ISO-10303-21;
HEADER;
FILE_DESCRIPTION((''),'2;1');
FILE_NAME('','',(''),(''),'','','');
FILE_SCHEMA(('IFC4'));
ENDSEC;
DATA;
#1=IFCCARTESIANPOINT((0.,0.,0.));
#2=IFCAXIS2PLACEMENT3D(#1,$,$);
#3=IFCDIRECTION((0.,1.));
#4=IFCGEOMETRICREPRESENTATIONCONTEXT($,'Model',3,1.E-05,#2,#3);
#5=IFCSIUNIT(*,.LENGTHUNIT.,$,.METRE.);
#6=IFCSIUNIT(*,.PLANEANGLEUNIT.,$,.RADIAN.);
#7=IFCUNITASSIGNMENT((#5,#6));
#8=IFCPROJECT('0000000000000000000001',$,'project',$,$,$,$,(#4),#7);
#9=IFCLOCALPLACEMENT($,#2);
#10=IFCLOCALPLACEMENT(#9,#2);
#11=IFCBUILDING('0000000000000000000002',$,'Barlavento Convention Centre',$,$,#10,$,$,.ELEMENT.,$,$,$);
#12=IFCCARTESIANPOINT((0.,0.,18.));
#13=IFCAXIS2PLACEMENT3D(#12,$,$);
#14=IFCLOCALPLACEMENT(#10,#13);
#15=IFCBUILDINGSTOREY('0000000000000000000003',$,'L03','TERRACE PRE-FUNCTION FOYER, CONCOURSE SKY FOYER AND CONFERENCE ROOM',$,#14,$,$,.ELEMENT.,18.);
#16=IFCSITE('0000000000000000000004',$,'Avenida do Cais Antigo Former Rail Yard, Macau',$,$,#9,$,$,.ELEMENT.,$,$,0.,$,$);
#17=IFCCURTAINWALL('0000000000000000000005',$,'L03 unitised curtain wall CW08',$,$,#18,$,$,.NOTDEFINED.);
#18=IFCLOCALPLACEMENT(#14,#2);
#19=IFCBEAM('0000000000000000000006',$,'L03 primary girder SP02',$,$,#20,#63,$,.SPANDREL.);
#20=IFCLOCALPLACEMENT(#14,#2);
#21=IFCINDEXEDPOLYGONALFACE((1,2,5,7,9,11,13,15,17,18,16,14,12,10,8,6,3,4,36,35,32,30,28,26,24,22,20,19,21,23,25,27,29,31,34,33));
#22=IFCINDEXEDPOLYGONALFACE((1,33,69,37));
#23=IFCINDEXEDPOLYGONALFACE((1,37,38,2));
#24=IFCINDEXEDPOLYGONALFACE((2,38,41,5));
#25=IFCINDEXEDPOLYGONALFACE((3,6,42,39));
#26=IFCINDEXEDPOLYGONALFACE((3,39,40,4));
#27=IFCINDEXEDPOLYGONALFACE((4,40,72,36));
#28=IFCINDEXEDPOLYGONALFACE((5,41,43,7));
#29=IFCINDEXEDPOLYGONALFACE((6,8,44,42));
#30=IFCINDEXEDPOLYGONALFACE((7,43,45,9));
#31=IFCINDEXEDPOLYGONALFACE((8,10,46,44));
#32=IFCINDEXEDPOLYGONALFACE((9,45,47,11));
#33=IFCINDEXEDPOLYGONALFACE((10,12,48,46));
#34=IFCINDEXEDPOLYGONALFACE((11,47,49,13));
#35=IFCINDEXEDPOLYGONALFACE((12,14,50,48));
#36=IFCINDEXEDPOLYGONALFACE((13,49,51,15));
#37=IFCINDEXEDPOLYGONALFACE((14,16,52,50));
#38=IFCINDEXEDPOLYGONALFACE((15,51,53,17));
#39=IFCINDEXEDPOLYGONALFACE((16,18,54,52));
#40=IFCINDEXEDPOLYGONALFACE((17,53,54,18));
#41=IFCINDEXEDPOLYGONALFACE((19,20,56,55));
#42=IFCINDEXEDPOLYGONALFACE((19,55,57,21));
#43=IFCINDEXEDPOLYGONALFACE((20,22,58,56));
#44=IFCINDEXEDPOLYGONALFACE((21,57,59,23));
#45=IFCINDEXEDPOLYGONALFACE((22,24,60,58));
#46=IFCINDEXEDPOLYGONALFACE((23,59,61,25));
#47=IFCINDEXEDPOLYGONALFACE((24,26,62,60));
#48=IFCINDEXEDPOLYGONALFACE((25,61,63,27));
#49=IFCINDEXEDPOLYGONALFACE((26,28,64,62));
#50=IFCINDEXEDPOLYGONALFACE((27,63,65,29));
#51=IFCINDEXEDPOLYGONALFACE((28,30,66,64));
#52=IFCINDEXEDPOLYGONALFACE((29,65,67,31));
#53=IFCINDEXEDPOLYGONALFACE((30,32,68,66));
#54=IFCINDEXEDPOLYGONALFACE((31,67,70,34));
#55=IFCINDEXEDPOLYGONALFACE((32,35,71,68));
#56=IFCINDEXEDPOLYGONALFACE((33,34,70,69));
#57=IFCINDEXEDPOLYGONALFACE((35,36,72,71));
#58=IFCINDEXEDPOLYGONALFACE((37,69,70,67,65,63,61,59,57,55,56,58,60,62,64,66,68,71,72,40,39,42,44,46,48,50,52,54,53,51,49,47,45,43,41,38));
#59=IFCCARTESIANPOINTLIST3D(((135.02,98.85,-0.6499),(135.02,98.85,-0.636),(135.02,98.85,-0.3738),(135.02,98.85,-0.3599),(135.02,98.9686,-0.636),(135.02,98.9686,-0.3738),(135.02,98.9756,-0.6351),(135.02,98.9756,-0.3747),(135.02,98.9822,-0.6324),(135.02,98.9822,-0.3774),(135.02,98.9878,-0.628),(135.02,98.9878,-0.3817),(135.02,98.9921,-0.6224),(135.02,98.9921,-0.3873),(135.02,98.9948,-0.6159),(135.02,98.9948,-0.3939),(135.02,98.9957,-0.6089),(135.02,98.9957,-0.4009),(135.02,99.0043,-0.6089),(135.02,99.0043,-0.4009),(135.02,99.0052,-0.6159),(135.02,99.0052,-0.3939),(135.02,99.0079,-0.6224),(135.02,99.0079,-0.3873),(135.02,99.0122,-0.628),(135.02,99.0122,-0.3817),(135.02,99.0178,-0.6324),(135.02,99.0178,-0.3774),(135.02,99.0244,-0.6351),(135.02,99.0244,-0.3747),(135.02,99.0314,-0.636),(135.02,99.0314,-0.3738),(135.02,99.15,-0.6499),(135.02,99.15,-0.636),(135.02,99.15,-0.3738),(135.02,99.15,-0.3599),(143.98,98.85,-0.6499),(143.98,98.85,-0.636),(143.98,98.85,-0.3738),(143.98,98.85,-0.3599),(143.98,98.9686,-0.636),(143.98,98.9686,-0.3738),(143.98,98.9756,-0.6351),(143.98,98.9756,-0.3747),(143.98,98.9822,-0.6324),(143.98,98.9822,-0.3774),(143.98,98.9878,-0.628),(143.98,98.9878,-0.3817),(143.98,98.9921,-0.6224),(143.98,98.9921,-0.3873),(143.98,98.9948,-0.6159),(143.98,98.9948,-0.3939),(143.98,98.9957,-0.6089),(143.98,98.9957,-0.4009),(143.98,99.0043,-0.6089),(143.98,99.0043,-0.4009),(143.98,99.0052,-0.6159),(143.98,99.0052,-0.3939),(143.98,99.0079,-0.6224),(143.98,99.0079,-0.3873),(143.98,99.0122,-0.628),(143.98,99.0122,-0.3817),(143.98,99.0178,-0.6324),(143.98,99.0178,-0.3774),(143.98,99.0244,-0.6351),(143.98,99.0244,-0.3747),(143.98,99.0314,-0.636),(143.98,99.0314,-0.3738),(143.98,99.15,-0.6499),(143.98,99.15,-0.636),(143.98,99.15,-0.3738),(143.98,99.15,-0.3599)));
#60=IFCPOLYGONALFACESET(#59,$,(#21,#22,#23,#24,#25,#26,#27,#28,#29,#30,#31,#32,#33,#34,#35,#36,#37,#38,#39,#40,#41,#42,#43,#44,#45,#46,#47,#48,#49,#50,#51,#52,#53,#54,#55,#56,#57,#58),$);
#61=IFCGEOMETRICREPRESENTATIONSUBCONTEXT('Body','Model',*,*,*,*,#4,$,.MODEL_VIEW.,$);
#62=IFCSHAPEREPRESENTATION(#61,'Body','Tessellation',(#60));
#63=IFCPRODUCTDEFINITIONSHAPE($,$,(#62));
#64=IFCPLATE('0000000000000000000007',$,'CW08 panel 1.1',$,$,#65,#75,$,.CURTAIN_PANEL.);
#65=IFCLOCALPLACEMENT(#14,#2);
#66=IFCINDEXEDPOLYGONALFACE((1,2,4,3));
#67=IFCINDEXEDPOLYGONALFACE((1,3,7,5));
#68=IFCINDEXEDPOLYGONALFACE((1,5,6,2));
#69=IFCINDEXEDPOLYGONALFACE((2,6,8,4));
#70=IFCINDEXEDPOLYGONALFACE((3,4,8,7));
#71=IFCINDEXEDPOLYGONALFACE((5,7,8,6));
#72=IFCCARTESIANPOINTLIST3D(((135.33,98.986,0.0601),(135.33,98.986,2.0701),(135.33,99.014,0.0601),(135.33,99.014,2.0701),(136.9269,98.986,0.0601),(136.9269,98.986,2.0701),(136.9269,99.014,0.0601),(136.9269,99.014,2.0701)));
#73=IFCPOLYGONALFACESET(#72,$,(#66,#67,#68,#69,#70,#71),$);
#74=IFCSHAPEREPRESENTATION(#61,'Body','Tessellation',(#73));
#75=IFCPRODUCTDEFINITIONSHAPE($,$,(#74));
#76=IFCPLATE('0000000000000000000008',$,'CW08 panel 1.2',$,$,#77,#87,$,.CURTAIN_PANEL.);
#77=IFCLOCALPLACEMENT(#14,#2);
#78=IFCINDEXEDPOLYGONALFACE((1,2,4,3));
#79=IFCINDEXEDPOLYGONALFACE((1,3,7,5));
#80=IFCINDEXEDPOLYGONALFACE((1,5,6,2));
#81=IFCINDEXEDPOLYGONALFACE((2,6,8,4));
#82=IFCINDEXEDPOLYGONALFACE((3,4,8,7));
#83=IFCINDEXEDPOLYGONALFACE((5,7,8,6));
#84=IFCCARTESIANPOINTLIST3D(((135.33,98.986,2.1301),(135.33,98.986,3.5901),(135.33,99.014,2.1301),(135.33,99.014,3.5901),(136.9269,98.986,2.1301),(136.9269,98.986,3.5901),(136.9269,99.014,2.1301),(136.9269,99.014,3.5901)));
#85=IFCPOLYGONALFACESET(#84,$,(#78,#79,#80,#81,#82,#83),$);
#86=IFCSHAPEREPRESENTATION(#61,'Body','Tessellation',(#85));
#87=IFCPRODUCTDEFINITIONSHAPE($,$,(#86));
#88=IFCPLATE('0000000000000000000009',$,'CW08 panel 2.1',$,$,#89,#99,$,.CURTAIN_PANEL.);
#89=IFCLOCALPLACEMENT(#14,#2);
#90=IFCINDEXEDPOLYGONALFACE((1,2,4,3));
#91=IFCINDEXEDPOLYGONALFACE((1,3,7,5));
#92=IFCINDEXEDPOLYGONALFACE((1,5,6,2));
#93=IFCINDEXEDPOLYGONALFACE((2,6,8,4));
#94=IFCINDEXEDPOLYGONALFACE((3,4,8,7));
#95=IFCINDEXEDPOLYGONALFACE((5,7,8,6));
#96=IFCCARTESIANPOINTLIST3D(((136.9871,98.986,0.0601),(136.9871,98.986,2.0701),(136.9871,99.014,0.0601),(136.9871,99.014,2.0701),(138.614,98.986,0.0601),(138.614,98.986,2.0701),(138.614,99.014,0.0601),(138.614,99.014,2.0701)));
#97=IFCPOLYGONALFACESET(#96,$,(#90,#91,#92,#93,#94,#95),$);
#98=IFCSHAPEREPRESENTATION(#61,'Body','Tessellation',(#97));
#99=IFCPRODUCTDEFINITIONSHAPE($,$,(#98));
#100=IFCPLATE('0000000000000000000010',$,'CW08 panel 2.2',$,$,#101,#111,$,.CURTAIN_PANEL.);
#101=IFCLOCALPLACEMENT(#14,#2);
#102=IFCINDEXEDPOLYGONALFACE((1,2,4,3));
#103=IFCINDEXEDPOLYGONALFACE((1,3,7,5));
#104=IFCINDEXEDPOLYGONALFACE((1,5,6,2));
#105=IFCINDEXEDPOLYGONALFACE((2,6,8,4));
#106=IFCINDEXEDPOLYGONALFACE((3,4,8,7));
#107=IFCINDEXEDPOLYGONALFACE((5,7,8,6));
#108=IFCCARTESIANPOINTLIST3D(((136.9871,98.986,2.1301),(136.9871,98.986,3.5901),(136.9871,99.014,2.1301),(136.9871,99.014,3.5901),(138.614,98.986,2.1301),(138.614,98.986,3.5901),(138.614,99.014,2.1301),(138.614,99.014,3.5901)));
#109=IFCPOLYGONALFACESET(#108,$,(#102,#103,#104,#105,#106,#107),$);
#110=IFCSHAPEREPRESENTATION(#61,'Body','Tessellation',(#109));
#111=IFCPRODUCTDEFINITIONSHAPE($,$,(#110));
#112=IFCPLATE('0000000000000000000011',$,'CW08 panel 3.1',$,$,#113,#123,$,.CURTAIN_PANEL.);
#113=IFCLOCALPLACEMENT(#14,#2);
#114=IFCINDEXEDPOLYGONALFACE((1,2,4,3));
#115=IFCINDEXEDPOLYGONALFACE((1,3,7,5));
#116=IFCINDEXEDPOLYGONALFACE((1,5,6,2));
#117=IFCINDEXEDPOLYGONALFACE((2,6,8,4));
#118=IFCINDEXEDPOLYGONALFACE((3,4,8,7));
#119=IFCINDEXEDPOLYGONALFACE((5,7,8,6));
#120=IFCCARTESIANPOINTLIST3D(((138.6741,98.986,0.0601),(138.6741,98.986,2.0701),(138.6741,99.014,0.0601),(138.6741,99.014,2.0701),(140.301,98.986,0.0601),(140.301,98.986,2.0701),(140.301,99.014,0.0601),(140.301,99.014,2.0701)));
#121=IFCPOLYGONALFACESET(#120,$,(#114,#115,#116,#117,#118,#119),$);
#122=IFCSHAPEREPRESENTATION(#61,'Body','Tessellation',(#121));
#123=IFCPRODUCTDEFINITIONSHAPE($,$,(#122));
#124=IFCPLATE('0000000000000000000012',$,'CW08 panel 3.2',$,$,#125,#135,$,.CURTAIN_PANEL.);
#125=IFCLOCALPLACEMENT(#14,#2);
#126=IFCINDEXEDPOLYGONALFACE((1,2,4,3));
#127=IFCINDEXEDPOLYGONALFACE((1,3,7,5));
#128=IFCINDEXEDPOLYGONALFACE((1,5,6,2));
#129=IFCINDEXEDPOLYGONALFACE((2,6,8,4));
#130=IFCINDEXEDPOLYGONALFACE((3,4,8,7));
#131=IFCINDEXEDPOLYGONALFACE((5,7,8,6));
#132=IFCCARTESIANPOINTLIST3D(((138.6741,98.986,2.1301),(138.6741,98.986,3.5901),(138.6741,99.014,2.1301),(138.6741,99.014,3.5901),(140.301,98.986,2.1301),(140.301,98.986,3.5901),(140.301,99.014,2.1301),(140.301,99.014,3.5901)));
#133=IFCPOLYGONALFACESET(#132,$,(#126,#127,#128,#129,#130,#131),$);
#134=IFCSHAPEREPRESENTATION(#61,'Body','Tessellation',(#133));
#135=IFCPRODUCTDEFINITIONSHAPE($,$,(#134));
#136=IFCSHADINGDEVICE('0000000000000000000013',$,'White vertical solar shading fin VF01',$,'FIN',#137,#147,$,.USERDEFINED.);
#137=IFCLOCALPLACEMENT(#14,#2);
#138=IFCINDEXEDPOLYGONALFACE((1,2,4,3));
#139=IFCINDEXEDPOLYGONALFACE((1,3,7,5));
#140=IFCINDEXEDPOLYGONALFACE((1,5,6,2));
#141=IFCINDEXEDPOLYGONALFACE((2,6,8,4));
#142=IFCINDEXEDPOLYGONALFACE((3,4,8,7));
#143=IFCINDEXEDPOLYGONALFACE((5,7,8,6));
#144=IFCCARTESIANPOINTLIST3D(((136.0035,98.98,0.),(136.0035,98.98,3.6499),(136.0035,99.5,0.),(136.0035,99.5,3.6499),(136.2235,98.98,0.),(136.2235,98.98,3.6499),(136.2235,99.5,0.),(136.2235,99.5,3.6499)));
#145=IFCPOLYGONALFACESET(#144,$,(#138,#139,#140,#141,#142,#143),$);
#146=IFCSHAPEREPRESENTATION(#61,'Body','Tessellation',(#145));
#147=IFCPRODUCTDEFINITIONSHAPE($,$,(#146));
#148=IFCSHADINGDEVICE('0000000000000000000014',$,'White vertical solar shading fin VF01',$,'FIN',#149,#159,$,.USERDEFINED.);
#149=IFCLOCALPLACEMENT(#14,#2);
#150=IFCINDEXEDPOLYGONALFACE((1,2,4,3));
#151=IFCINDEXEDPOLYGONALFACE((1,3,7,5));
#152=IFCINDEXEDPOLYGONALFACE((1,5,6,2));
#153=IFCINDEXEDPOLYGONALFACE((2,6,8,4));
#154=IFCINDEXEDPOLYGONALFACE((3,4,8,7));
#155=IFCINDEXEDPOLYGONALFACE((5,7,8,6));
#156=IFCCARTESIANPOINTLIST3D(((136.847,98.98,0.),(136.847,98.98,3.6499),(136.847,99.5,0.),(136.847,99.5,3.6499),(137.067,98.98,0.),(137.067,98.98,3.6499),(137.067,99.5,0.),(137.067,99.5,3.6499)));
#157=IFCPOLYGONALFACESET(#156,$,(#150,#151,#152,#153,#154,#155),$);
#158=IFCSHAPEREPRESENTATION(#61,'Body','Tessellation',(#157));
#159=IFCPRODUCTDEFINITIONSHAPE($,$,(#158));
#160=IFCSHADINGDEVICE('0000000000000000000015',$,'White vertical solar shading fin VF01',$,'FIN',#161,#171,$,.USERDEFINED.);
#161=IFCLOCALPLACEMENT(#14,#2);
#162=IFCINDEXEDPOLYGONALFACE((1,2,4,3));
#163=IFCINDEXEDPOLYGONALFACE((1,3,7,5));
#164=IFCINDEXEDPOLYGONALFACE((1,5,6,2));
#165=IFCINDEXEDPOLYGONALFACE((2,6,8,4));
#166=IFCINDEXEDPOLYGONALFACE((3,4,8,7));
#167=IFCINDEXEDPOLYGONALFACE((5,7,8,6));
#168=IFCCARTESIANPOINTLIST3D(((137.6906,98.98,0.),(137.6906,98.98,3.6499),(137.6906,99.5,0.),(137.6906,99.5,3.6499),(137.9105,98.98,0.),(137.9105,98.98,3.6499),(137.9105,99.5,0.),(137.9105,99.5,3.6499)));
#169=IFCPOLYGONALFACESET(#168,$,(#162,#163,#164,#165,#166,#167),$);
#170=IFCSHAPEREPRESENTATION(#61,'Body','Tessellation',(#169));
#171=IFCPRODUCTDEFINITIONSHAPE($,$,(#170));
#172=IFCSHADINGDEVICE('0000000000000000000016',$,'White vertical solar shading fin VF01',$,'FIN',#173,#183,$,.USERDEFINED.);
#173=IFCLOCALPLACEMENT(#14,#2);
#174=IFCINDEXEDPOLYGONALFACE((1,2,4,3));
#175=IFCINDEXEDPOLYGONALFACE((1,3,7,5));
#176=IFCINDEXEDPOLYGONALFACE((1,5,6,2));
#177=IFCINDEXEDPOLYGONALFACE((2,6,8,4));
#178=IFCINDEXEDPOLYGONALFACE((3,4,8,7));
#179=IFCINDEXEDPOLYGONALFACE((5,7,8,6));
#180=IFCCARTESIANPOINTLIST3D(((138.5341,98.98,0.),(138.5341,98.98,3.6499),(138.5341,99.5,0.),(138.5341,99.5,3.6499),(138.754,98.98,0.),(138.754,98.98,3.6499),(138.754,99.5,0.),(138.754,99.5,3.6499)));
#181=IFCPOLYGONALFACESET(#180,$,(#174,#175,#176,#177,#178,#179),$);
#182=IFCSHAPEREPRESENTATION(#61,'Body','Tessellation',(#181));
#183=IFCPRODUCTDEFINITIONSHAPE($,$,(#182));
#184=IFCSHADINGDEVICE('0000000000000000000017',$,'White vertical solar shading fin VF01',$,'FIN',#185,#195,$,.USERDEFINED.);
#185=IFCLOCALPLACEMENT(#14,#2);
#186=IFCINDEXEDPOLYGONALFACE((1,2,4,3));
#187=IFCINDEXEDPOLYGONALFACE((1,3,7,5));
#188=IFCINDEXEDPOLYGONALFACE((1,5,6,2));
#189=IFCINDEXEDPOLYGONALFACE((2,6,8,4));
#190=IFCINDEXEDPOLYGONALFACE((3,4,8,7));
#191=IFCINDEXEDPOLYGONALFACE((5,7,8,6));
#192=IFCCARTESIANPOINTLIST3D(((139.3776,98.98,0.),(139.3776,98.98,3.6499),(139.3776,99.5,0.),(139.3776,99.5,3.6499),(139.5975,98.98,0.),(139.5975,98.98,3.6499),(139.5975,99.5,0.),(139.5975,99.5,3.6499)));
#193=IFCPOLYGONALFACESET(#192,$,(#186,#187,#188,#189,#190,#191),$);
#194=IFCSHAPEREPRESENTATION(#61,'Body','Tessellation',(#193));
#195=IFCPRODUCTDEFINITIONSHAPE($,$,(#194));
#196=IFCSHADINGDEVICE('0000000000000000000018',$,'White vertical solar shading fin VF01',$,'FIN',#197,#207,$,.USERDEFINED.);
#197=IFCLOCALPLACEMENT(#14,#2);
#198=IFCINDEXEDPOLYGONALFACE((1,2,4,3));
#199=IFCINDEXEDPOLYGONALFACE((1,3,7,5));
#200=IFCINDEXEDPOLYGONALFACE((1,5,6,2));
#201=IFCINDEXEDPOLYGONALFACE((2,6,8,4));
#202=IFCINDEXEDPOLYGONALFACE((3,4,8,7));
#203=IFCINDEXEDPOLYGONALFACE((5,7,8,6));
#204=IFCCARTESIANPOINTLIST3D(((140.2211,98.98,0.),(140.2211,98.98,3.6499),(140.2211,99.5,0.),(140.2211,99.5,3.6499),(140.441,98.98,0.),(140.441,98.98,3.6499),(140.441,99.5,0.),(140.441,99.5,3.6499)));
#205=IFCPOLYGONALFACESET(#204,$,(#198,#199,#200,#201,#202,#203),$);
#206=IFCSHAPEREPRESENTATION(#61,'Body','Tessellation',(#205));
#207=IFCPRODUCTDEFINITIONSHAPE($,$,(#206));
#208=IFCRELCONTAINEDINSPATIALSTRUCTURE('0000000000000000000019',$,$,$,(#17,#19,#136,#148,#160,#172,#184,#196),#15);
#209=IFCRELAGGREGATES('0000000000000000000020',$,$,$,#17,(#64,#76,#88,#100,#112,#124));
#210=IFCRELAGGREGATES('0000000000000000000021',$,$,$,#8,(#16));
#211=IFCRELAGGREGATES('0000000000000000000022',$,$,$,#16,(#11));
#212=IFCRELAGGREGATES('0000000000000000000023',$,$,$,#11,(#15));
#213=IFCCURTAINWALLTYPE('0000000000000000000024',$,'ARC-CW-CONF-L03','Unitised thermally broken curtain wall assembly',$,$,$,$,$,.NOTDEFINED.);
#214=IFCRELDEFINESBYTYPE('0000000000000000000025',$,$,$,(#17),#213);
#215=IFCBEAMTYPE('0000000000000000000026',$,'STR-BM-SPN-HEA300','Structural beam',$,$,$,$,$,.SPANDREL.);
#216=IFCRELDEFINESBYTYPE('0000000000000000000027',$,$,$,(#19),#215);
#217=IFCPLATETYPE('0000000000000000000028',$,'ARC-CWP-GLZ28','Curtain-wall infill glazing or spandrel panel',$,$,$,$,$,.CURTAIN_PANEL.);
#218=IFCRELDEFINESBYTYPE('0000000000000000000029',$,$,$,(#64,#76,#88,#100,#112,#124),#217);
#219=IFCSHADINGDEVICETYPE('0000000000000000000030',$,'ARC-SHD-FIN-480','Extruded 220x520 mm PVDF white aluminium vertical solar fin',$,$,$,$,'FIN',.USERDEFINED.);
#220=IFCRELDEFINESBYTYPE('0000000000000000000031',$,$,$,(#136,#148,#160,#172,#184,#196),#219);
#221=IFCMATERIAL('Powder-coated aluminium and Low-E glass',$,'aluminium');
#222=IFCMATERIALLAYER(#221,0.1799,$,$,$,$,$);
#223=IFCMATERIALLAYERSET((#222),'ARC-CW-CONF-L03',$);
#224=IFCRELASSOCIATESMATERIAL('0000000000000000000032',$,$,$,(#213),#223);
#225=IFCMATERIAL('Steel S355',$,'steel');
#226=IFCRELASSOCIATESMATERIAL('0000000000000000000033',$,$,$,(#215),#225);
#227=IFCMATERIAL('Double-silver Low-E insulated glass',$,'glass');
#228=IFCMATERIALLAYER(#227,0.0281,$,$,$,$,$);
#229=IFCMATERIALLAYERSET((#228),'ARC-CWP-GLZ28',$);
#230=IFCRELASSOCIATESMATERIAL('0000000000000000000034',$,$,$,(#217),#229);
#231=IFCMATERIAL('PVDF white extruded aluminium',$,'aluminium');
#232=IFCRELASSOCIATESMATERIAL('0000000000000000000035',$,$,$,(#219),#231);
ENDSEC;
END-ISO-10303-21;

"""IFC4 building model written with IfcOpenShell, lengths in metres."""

from ifc_helpers import new_model, si_unit, direction, frame, origin, origin_2d, place, context, subcontext, project, spatial, rectangle, i_section, extrude, material, layer, layer_set, material_profile, profile_set, type_object, element, aggregate, save


model = new_model("IFC4")

# Units and contexts
model_context = context("Model", 3, precision=1e-05, world=origin(), true_north=direction((0.0, 1.0)))
body_context = subcontext(model_context, "Body", "Model", "MODEL_VIEW")
ifc_project = project(units=[si_unit("LENGTHUNIT", "METRE"), si_unit("PLANEANGLEUNIT", "RADIAN")], contexts=[model_context])

# Site, building, storey
site_placement = place(None, origin())
site = spatial("IfcSite", under=ifc_project, at=site_placement, Name="Avenida do Cais Antigo Former Rail Yard, Macau", CompositionType="ELEMENT", RefElevation=0.0)
building_placement = place(site_placement, origin())
building = spatial("IfcBuilding", under=site, at=building_placement, Name="Barlavento Convention Centre", CompositionType="ELEMENT")
storey_placement = place(building_placement, frame((0.0, 0.0, 18.0)))
storey = spatial("IfcBuildingStorey", under=building, at=storey_placement, Name="L03", Description="TERRACE PRE-FUNCTION FOYER, CONCOURSE SKY FOYER AND CONFERENCE ROOM", CompositionType="ELEMENT", Elevation=18.0)

# Curtain wall
ifc_material_1 = material(Name="Powder-coated aluminium and Low-E glass", Category="aluminium")
ifc_layer_1 = layer(ifc_material_1, 0.1799)
ifc_layer_set_1 = layer_set([ifc_layer_1], Name="ARC-CW-CONF-L03")
curtain_wall_type = type_object("IfcCurtainWallType", Name="ARC-CW-CONF-L03", Description="Unitised thermally broken curtain wall assembly", PredefinedType="NOTDEFINED", material=ifc_layer_set_1)
curtain_wall_placement = place(storey_placement, origin())
curtain_wall = element("IfcCurtainWall", 1, at=curtain_wall_placement, inside=storey, type_object=curtain_wall_type, Name="L03 unitised curtain wall CW08", PredefinedType="NOTDEFINED")

# Beam
ifc_material_2 = material(Name="Steel S355", Category="steel")
ifc_material_profile_1 = material_profile(ifc_material_2, i_section(OverallWidth=0.3, OverallDepth=0.29, WebThickness=0.0085, FlangeThickness=0.0139, FilletRadius=0.0271, at=origin_2d()), Name="HEA 300")
ifc_profile_set_1 = profile_set([ifc_material_profile_1], Name="Steel S355")
beam_type_1 = type_object("IfcBeamType", Name="STR-BM-SPN-HEA300", Description="Structural beam", PredefinedType="SPANDREL", material=ifc_profile_set_1)
beam_1_placement = place(storey_placement, frame((135.02, 99.0, -0.5049), z_axis=(1.0, 0.0, 0.0), x_axis=(0.0, 1.0, 0.0)))
element("IfcBeam", 2, at=beam_1_placement, inside=storey, type_object=beam_type_1, Name="L03 primary girder SP02", PredefinedType="SPANDREL", context=body_context, shape_type="SweptSolid", body=[
    extrude(i_section(OverallWidth=0.3, OverallDepth=0.29, WebThickness=0.0085, FlangeThickness=0.0139, FilletRadius=0.0271, at=origin_2d()), origin(), (0.0, 0.0, 1.0), 8.96),
])

# Plates
ifc_material_3 = material(Name="Double-silver Low-E insulated glass", Category="glass")
ifc_layer_2 = layer(ifc_material_3, 0.0281)
ifc_layer_set_2 = layer_set([ifc_layer_2], Name="ARC-CWP-GLZ28")
plate_type = type_object("IfcPlateType", Name="ARC-CWP-GLZ28", Description="Curtain-wall infill glazing or spandrel panel", PredefinedType="CURTAIN_PANEL", material=ifc_layer_set_2)
plate_1_placement = place(storey_placement, frame((136.1284, 99.0, 0.0601), z_axis=(0.0, 0.0, 1.0), x_axis=(1.0, 0.0, 0.0)))
plate_1 = element("IfcPlate", 3, at=plate_1_placement, type_object=plate_type, Name="CW08 panel 1.1", PredefinedType="CURTAIN_PANEL", context=body_context, shape_type="SweptSolid", body=[
    extrude(rectangle(XDim=1.5969, YDim=0.0281, at=origin_2d()), origin(), (0.0, 0.0, 1.0), 2.01),
])
plate_2_placement = place(storey_placement, frame((136.1284, 99.0, 2.1301), z_axis=(0.0, 0.0, 1.0), x_axis=(1.0, 0.0, 0.0)))
plate_2 = element("IfcPlate", 4, at=plate_2_placement, type_object=plate_type, Name="CW08 panel 1.2", PredefinedType="CURTAIN_PANEL", context=body_context, shape_type="SweptSolid", body=[
    extrude(rectangle(XDim=1.5969, YDim=0.0281, at=origin_2d()), origin(), (0.0, 0.0, 1.0), 1.46),
])
plate_3_placement = place(storey_placement, frame((137.8005, 99.0, 0.0601), z_axis=(0.0, 0.0, 1.0), x_axis=(1.0, 0.0, 0.0)))
plate_3 = element("IfcPlate", 5, at=plate_3_placement, type_object=plate_type, Name="CW08 panel 2.1", PredefinedType="CURTAIN_PANEL", context=body_context, shape_type="SweptSolid", body=[
    extrude(rectangle(XDim=1.627, YDim=0.0281, at=origin_2d()), origin(), (0.0, 0.0, 1.0), 2.01),
])
plate_4_placement = place(storey_placement, frame((137.8005, 99.0, 2.1301), z_axis=(0.0, 0.0, 1.0), x_axis=(1.0, 0.0, 0.0)))
plate_4 = element("IfcPlate", 6, at=plate_4_placement, type_object=plate_type, Name="CW08 panel 2.2", PredefinedType="CURTAIN_PANEL", context=body_context, shape_type="SweptSolid", body=[
    extrude(rectangle(XDim=1.627, YDim=0.0281, at=origin_2d()), origin(), (0.0, 0.0, 1.0), 1.46),
])
plate_5_placement = place(storey_placement, frame((139.4875, 99.0, 0.0601), z_axis=(0.0, 0.0, 1.0), x_axis=(1.0, 0.0, 0.0)))
plate_5 = element("IfcPlate", 7, at=plate_5_placement, type_object=plate_type, Name="CW08 panel 3.1", PredefinedType="CURTAIN_PANEL", context=body_context, shape_type="SweptSolid", body=[
    extrude(rectangle(XDim=1.627, YDim=0.0281, at=origin_2d()), origin(), (0.0, 0.0, 1.0), 2.01),
])
plate_6_placement = place(storey_placement, frame((139.4875, 99.0, 2.1301), z_axis=(0.0, 0.0, 1.0), x_axis=(1.0, 0.0, 0.0)))
plate_6 = element("IfcPlate", 8, at=plate_6_placement, type_object=plate_type, Name="CW08 panel 3.2", PredefinedType="CURTAIN_PANEL", context=body_context, shape_type="SweptSolid", body=[
    extrude(rectangle(XDim=1.627, YDim=0.0281, at=origin_2d()), origin(), (0.0, 0.0, 1.0), 1.46),
])
aggregate(curtain_wall, [plate_1, plate_2, plate_3, plate_4, plate_5, plate_6])

# Shading devices
ifc_material_4 = material(Name="PVDF white extruded aluminium", Category="aluminium")
shading_device_type = type_object("IfcShadingDeviceType", Name="ARC-SHD-FIN-480", Description="Extruded 220x520 mm PVDF white aluminium vertical solar fin", ElementType="FIN", PredefinedType="USERDEFINED", material=ifc_material_4)
for number, where, z_axis, x_axis, name in (
    (9, (136.1135, 99.24, 0.0), (0.0, 0.0, 1.0), (1.0, 0.0, 0.0), "White vertical solar shading fin VF01"),
    (10, (136.957, 99.24, 0.0), (0.0, 0.0, 1.0), (1.0, 0.0, 0.0), "White vertical solar shading fin VF01"),
    (11, (137.8005, 99.24, 0.0), (0.0, 0.0, 1.0), (1.0, 0.0, 0.0), "White vertical solar shading fin VF01"),
    (12, (138.644, 99.24, 0.0), (0.0, 0.0, 1.0), (1.0, 0.0, 0.0), "White vertical solar shading fin VF01"),
    (13, (139.4875, 99.24, 0.0), (0.0, 0.0, 1.0), (1.0, 0.0, 0.0), "White vertical solar shading fin VF01"),
    (14, (140.3311, 99.24, 0.0), (0.0, 0.0, 1.0), (1.0, 0.0, 0.0), "White vertical solar shading fin VF01"),
):
    element("IfcShadingDevice", number, at=place(storey_placement, frame(where, z_axis=z_axis, x_axis=x_axis)), inside=storey, type_object=shading_device_type, Name=name, ObjectType="FIN", PredefinedType="USERDEFINED", context=body_context, shape_type="SweptSolid", body=[
        extrude(rectangle(XDim=0.22, YDim=0.52, at=origin_2d()), origin(), (0.0, 0.0, 1.0), 3.6499),
    ])

save(model, "model.ifc")
